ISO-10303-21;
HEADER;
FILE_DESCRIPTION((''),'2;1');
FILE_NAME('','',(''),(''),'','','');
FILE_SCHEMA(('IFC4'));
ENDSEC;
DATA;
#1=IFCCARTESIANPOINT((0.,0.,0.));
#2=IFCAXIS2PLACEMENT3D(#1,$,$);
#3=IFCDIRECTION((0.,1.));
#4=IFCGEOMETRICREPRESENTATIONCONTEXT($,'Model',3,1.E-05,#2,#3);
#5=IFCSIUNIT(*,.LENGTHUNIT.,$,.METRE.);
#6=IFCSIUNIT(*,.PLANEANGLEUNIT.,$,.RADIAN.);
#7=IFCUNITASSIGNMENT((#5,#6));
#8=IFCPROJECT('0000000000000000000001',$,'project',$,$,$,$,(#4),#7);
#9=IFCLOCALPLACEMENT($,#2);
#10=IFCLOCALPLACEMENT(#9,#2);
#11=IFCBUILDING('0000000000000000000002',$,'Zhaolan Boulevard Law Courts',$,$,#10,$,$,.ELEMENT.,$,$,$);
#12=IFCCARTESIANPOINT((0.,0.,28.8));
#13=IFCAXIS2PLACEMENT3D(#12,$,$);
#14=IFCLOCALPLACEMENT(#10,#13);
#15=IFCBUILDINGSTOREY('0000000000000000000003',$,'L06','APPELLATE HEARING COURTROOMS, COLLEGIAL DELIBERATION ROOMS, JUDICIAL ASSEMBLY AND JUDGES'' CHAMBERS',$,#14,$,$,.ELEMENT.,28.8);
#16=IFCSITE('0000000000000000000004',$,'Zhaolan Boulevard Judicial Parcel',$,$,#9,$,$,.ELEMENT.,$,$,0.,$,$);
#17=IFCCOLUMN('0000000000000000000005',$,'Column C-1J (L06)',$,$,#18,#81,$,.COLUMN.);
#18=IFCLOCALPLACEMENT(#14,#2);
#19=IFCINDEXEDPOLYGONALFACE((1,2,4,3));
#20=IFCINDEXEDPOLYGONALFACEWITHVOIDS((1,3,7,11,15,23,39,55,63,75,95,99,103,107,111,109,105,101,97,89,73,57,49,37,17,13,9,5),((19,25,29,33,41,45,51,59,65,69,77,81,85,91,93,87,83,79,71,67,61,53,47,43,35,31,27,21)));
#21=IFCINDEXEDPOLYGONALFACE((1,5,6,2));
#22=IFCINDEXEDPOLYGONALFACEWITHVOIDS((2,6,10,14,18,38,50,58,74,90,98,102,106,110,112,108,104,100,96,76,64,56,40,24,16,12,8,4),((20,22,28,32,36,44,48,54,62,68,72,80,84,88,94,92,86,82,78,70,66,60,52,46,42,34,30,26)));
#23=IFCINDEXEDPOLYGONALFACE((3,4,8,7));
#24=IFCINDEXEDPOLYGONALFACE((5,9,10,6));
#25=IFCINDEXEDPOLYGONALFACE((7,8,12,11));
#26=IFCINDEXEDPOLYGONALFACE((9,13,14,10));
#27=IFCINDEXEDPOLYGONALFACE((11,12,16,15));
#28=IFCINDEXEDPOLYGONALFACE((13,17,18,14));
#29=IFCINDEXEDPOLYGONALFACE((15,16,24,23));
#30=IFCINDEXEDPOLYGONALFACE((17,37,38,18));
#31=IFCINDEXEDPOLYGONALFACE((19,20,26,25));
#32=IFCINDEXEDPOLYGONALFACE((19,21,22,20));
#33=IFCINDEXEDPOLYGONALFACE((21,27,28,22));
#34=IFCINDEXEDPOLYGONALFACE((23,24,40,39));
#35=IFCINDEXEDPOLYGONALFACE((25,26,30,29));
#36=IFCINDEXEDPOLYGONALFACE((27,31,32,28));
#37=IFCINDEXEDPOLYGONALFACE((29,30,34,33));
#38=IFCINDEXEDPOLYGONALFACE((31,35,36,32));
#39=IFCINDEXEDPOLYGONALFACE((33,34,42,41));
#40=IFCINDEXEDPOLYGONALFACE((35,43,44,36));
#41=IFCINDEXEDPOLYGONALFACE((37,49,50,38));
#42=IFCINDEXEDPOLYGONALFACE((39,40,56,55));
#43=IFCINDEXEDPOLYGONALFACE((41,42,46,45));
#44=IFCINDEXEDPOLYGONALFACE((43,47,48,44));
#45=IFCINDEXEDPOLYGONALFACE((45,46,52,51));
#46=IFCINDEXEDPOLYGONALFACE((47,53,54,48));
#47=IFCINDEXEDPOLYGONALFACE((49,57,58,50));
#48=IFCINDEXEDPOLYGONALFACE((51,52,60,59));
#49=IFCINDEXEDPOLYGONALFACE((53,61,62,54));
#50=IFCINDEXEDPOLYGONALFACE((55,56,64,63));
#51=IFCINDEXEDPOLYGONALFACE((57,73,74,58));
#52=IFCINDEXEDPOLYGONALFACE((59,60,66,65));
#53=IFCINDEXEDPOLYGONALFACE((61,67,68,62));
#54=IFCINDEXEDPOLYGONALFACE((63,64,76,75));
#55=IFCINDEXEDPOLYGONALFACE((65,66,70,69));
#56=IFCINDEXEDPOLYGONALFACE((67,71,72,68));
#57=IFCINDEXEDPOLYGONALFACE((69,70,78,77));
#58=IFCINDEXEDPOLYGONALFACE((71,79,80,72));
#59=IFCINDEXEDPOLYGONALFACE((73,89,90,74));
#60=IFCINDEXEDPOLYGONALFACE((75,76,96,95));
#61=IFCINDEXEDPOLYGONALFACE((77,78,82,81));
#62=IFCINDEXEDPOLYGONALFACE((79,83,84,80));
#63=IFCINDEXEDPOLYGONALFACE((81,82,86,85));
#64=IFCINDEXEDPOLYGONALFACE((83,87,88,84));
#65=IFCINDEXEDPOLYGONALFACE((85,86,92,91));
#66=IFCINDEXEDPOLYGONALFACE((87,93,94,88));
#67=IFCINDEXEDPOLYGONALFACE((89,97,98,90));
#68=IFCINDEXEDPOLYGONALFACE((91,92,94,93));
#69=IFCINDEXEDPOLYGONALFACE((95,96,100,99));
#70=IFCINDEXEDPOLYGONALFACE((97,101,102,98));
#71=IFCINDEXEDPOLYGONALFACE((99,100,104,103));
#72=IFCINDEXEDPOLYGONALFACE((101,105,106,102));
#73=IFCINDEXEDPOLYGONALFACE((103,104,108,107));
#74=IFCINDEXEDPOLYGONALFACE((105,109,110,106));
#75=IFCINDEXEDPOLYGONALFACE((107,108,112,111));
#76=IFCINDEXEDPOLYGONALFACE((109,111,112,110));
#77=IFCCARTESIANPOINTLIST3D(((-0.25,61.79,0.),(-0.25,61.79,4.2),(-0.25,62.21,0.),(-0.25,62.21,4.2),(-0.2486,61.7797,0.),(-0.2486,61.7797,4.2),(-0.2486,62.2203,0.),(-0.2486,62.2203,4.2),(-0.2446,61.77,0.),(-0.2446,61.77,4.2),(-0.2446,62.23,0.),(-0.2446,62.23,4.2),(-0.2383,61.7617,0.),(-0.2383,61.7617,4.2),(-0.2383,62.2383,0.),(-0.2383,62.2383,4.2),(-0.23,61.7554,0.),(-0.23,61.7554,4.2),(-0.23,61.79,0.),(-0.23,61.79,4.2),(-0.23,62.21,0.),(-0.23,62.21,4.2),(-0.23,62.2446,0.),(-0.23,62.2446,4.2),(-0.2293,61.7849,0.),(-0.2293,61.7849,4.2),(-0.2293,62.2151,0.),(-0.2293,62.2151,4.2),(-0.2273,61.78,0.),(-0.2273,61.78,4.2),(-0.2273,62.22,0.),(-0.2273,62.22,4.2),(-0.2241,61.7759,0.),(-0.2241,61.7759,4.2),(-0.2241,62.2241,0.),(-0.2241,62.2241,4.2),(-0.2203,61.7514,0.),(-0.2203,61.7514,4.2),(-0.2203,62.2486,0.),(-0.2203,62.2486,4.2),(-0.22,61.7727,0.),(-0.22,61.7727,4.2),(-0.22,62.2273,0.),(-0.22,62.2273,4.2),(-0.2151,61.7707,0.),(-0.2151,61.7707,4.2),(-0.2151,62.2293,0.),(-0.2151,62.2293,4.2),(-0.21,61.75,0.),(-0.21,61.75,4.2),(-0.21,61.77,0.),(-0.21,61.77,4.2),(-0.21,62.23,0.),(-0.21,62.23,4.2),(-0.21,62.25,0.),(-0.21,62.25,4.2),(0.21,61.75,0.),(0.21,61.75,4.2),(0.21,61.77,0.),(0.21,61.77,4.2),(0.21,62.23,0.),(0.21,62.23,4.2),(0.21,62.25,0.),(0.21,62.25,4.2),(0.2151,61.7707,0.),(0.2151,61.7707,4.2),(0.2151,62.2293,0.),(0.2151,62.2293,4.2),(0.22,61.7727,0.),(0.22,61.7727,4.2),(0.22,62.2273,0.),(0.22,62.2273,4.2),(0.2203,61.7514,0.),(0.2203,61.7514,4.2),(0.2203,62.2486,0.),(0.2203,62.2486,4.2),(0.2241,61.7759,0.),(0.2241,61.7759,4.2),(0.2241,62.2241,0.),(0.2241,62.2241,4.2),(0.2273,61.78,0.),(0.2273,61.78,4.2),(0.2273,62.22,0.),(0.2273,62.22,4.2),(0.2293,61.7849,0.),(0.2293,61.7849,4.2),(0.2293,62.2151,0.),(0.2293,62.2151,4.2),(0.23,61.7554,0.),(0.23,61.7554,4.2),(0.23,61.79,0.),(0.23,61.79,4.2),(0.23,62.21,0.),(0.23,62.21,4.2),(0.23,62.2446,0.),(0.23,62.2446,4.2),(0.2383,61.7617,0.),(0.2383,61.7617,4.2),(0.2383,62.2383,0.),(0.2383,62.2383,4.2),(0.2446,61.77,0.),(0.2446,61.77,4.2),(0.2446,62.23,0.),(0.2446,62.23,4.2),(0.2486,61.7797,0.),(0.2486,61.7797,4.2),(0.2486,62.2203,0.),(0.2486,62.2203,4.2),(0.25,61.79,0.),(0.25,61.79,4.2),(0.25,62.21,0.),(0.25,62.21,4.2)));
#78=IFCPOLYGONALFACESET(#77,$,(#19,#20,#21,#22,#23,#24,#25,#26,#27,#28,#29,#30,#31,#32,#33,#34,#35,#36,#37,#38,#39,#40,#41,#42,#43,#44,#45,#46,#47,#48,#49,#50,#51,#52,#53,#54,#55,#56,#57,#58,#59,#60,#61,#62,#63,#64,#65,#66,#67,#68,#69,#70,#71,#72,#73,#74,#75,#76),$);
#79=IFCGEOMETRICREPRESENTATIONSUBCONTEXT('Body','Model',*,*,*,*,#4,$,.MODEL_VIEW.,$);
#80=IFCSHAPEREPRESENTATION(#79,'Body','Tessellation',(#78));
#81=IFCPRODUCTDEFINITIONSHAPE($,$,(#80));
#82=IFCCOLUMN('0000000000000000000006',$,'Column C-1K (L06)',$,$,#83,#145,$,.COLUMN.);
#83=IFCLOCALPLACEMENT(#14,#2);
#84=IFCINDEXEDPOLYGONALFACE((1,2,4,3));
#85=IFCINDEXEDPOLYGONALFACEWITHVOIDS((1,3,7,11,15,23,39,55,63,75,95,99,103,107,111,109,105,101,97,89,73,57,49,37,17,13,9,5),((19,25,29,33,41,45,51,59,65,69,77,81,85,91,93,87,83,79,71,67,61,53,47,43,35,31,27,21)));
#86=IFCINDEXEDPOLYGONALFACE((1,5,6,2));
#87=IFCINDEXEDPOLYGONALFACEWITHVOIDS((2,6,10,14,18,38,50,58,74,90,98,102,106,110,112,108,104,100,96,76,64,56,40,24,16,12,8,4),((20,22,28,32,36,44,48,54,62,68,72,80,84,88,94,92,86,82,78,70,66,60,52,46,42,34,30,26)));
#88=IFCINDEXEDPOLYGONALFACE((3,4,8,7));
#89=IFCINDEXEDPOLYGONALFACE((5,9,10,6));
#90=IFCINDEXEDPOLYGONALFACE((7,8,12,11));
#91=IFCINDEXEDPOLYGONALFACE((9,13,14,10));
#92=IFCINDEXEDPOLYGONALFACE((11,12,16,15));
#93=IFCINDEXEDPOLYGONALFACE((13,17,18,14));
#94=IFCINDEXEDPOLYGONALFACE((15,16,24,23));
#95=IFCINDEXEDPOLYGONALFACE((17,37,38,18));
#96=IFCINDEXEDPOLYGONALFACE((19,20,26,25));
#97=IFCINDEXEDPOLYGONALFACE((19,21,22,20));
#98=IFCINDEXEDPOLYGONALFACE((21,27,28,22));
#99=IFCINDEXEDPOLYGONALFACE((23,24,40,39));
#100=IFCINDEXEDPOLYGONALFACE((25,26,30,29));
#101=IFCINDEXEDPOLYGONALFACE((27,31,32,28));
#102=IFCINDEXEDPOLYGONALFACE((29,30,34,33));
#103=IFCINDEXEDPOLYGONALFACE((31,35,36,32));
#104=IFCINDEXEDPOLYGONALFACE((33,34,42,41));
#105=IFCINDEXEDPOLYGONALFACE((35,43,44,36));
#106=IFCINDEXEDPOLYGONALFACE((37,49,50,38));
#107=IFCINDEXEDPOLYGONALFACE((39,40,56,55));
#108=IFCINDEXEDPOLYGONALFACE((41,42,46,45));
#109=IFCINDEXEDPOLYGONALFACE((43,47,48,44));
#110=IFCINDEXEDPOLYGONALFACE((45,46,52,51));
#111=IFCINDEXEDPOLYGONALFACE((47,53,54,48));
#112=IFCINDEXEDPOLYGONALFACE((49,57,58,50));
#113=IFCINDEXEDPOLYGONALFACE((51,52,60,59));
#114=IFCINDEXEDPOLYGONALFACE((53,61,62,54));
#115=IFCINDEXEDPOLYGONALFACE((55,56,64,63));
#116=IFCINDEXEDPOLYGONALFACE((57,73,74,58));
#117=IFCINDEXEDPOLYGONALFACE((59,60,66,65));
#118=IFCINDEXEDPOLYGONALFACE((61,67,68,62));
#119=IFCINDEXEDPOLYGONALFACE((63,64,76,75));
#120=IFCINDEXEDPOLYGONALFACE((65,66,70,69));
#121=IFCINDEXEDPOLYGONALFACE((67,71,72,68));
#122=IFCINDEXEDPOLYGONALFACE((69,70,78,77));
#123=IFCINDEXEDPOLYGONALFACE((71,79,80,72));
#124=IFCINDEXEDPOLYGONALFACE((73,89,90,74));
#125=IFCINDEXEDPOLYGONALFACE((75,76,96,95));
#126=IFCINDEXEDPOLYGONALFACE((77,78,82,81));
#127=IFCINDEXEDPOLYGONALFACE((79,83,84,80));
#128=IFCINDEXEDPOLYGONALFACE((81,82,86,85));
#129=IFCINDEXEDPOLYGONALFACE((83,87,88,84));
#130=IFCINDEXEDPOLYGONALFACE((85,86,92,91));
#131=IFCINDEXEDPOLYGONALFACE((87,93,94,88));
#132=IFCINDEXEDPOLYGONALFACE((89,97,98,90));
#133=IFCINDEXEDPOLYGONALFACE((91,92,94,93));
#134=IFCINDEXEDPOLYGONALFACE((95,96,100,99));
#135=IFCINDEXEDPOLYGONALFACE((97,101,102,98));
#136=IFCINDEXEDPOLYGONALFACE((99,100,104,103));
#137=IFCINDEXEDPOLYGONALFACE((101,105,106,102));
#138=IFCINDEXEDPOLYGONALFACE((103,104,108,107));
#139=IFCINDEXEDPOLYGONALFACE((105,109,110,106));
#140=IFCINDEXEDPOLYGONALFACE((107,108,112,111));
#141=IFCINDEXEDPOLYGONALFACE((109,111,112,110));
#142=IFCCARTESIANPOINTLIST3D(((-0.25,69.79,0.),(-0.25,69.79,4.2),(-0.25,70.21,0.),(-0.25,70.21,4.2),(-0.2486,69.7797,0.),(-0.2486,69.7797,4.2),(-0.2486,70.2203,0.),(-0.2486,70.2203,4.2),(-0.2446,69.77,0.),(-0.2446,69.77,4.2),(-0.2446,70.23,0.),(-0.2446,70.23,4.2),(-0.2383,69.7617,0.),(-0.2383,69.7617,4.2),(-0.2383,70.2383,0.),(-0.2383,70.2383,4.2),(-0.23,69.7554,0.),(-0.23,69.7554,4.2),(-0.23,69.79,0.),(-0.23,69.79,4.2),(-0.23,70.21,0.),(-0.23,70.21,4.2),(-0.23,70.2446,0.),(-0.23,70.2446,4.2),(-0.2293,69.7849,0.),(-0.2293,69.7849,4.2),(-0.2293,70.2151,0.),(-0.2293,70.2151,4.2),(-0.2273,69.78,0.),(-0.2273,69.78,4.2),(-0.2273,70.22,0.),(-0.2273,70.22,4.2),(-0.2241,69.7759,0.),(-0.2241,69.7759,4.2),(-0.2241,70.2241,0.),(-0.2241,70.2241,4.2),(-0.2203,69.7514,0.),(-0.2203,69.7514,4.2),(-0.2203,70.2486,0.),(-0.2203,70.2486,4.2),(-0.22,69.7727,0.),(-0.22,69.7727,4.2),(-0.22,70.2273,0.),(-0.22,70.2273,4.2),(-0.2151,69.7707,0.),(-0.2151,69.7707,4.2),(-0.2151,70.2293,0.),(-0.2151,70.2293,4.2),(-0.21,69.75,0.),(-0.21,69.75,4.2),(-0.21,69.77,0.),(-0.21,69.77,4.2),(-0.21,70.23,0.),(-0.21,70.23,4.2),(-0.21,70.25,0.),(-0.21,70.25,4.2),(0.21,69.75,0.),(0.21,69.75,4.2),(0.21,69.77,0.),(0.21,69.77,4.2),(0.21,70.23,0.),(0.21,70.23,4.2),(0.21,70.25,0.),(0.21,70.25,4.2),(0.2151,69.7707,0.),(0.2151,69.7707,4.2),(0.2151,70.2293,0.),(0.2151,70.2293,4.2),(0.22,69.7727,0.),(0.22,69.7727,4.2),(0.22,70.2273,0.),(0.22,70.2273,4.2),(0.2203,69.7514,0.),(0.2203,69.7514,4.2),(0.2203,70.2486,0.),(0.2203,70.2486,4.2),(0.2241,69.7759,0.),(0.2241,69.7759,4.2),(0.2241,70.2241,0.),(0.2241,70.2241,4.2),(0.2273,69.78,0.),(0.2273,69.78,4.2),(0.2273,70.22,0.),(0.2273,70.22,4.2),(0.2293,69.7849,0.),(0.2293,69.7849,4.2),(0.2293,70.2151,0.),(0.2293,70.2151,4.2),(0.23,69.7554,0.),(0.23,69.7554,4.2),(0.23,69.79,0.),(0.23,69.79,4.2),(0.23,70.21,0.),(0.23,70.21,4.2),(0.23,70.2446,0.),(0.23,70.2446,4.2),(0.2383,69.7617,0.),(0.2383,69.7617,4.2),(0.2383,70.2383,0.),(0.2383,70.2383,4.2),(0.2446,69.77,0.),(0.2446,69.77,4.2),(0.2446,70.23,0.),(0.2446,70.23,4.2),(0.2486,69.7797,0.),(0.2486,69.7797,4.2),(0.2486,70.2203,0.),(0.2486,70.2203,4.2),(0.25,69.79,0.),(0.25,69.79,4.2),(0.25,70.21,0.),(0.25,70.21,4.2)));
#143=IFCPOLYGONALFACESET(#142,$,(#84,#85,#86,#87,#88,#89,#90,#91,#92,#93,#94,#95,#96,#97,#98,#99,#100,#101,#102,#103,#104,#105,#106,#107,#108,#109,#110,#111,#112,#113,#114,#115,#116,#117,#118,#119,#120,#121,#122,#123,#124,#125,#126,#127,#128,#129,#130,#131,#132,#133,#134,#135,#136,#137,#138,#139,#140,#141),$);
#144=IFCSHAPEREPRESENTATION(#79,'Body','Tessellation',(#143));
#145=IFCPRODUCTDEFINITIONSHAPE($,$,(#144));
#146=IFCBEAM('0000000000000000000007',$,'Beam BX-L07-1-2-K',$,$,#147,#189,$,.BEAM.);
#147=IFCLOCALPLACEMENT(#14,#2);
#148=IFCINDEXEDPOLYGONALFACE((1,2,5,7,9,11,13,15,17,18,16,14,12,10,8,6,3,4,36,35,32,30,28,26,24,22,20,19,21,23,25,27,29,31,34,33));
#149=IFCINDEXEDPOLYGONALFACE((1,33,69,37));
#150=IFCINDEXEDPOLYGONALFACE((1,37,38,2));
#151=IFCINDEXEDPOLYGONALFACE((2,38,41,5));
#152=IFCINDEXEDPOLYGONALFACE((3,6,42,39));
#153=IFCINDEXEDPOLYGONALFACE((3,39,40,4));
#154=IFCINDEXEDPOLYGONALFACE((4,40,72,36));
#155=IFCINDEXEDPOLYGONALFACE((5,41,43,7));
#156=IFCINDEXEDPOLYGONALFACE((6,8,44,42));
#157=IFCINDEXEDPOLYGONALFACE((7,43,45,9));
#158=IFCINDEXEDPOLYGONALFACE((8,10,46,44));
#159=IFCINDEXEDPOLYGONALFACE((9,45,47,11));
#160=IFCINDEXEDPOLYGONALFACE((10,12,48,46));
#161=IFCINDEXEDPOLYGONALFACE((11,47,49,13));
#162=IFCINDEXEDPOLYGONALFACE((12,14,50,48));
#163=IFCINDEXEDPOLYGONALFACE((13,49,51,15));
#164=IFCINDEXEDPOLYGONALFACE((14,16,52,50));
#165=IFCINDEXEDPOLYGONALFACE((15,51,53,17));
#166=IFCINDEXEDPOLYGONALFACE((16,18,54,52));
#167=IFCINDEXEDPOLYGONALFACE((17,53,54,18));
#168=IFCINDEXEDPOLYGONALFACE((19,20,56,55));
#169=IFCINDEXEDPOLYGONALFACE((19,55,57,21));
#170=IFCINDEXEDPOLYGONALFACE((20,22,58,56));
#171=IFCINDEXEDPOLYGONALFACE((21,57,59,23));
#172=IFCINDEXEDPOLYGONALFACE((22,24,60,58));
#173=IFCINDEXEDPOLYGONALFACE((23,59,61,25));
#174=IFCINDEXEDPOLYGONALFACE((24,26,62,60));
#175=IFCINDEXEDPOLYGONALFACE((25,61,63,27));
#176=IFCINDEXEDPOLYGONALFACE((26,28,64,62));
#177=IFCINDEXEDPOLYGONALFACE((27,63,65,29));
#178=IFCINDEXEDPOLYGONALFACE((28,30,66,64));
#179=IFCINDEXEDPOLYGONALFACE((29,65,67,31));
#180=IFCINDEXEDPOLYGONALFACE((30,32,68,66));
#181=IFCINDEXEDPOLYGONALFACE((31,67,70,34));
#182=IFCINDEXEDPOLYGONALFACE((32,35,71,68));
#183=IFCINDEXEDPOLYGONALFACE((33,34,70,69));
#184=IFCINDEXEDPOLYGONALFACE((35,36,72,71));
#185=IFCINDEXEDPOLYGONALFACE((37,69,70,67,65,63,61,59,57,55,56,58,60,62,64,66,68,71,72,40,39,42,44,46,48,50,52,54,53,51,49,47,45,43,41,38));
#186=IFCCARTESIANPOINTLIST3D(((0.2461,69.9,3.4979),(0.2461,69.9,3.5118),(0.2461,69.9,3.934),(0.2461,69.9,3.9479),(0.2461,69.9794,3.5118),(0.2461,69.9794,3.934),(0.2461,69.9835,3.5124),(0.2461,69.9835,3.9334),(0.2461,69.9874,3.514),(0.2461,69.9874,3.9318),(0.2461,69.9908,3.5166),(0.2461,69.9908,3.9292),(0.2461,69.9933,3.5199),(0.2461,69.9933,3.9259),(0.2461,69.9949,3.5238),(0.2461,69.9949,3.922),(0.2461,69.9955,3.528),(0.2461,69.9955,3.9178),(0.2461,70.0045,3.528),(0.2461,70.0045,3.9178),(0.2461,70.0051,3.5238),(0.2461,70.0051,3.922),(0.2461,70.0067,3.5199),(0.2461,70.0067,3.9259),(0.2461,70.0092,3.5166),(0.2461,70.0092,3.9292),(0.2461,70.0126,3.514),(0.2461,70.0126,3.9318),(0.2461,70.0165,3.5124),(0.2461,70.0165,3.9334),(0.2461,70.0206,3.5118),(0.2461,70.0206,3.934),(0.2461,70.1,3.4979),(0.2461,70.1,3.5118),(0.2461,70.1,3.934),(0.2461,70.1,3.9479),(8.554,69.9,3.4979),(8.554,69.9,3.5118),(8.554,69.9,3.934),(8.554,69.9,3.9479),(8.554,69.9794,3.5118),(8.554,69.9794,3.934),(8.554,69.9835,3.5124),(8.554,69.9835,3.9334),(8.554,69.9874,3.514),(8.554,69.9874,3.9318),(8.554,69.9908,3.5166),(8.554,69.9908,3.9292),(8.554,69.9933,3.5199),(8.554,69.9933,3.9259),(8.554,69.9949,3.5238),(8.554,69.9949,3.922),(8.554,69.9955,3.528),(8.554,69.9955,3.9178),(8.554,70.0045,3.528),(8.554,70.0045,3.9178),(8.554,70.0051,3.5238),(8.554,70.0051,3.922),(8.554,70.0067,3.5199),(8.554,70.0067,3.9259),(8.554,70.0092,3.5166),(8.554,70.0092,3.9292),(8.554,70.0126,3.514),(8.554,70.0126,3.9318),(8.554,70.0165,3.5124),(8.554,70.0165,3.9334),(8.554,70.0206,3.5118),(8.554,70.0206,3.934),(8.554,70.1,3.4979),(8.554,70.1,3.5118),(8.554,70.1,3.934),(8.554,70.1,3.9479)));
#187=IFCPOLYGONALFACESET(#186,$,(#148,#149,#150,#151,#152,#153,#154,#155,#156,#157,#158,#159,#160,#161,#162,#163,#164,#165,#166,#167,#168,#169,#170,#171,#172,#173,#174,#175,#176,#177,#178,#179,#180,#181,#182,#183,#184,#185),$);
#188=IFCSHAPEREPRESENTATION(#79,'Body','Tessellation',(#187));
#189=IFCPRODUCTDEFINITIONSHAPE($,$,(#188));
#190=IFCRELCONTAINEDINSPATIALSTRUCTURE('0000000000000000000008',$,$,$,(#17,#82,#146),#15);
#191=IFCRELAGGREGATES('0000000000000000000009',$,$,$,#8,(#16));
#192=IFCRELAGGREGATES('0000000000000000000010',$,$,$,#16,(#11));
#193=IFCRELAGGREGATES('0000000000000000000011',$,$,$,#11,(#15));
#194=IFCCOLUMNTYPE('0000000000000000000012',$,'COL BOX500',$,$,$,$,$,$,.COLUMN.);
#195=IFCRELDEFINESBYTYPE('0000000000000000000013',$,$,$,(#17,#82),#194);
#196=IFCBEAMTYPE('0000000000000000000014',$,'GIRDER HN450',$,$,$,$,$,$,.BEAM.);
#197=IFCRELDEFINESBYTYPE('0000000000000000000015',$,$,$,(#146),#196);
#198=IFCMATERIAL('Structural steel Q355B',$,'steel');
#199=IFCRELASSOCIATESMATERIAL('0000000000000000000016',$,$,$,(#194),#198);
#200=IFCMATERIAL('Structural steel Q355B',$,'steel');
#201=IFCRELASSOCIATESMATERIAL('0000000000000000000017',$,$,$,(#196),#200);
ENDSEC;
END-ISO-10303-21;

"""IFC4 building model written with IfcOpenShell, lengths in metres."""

from ifc_helpers import new_model, si_unit, direction, frame, origin, origin_2d, place, context, subcontext, project, spatial, hollow_rectangle, i_section, extrude, material, material_profile, profile_set, type_object, element, save


model = new_model("IFC4")

# Units and contexts
model_context = context("Model", 3, precision=1e-05, world=origin(), true_north=direction((0.0, 1.0)))
body_context = subcontext(model_context, "Body", "Model", "MODEL_VIEW")
ifc_project = project(units=[si_unit("LENGTHUNIT", "METRE"), si_unit("PLANEANGLEUNIT", "RADIAN")], contexts=[model_context])

# Site, building, storey
site_placement = place(None, origin())
site = spatial("IfcSite", under=ifc_project, at=site_placement, Name="Zhaolan Boulevard Judicial Parcel", CompositionType="ELEMENT", RefElevation=0.0)
building_placement = place(site_placement, origin())
building = spatial("IfcBuilding", under=site, at=building_placement, Name="Zhaolan Boulevard Law Courts", CompositionType="ELEMENT")
storey_placement = place(building_placement, frame((0.0, 0.0, 28.8)))
storey = spatial("IfcBuildingStorey", under=building, at=storey_placement, Name="L06", Description="APPELLATE HEARING COURTROOMS, COLLEGIAL DELIBERATION ROOMS, JUDICIAL ASSEMBLY AND JUDGES' CHAMBERS", CompositionType="ELEMENT", Elevation=28.8)

# Columns
ifc_material_1 = material(Name="Structural steel Q355B", Category="steel")
ifc_material_profile_1 = material_profile(ifc_material_1, hollow_rectangle(XDim=0.5, YDim=0.5, WallThickness=0.02, InnerFilletRadius=0.02, OuterFilletRadius=0.04, at=origin_2d()), Name="BOX500x500x20")
ifc_profile_set_1 = profile_set([ifc_material_profile_1], Name="Structural steel Q355B")
column_type = type_object("IfcColumnType", Name="COL BOX500", PredefinedType="COLUMN", material=ifc_profile_set_1)
for number, where, z_axis, x_axis, name in (
    (1, (0.0, 62.0, 0.0), (0.0, 0.0, 1.0), (1.0, 0.0, 0.0), "Column C-1J (L06)"),
    (2, (0.0, 70.0, 0.0), (0.0, 0.0, 1.0), (1.0, 0.0, 0.0), "Column C-1K (L06)"),
):
    element("IfcColumn", number, at=place(storey_placement, frame(where, z_axis=z_axis, x_axis=x_axis)), inside=storey, type_object=column_type, Name=name, PredefinedType="COLUMN", context=body_context, shape_type="SweptSolid", body=[
        extrude(hollow_rectangle(XDim=0.5, YDim=0.5, WallThickness=0.02, InnerFilletRadius=0.02, OuterFilletRadius=0.04, at=origin_2d()), origin(), (0.0, 0.0, 1.0), 4.2),
    ])

# Beam
ifc_material_2 = material(Name="Structural steel Q355B", Category="steel")
ifc_material_profile_2 = material_profile(ifc_material_2, i_section(OverallWidth=0.2, OverallDepth=0.45, WebThickness=0.009, FlangeThickness=0.0139, FilletRadius=0.0161, at=origin_2d()), Name="HN450x200")
ifc_profile_set_2 = profile_set([ifc_material_profile_2], Name="Structural steel Q355B")
beam_type_1 = type_object("IfcBeamType", Name="GIRDER HN450", PredefinedType="BEAM", material=ifc_profile_set_2)
beam_1_placement = place(storey_placement, frame((0.2461, 70.0, 3.7229), z_axis=(1.0, 0.0, 0.0), x_axis=(0.0, 1.0, 0.0)))
element("IfcBeam", 3, at=beam_1_placement, inside=storey, type_object=beam_type_1, Name="Beam BX-L07-1-2-K", PredefinedType="BEAM", context=body_context, shape_type="SweptSolid", body=[
    extrude(i_section(OverallWidth=0.2, OverallDepth=0.45, WebThickness=0.009, FlangeThickness=0.0139, FilletRadius=0.0161, at=origin_2d()), origin(), (0.0, 0.0, 1.0), 8.3079),
])

save(model, "model.ifc")
